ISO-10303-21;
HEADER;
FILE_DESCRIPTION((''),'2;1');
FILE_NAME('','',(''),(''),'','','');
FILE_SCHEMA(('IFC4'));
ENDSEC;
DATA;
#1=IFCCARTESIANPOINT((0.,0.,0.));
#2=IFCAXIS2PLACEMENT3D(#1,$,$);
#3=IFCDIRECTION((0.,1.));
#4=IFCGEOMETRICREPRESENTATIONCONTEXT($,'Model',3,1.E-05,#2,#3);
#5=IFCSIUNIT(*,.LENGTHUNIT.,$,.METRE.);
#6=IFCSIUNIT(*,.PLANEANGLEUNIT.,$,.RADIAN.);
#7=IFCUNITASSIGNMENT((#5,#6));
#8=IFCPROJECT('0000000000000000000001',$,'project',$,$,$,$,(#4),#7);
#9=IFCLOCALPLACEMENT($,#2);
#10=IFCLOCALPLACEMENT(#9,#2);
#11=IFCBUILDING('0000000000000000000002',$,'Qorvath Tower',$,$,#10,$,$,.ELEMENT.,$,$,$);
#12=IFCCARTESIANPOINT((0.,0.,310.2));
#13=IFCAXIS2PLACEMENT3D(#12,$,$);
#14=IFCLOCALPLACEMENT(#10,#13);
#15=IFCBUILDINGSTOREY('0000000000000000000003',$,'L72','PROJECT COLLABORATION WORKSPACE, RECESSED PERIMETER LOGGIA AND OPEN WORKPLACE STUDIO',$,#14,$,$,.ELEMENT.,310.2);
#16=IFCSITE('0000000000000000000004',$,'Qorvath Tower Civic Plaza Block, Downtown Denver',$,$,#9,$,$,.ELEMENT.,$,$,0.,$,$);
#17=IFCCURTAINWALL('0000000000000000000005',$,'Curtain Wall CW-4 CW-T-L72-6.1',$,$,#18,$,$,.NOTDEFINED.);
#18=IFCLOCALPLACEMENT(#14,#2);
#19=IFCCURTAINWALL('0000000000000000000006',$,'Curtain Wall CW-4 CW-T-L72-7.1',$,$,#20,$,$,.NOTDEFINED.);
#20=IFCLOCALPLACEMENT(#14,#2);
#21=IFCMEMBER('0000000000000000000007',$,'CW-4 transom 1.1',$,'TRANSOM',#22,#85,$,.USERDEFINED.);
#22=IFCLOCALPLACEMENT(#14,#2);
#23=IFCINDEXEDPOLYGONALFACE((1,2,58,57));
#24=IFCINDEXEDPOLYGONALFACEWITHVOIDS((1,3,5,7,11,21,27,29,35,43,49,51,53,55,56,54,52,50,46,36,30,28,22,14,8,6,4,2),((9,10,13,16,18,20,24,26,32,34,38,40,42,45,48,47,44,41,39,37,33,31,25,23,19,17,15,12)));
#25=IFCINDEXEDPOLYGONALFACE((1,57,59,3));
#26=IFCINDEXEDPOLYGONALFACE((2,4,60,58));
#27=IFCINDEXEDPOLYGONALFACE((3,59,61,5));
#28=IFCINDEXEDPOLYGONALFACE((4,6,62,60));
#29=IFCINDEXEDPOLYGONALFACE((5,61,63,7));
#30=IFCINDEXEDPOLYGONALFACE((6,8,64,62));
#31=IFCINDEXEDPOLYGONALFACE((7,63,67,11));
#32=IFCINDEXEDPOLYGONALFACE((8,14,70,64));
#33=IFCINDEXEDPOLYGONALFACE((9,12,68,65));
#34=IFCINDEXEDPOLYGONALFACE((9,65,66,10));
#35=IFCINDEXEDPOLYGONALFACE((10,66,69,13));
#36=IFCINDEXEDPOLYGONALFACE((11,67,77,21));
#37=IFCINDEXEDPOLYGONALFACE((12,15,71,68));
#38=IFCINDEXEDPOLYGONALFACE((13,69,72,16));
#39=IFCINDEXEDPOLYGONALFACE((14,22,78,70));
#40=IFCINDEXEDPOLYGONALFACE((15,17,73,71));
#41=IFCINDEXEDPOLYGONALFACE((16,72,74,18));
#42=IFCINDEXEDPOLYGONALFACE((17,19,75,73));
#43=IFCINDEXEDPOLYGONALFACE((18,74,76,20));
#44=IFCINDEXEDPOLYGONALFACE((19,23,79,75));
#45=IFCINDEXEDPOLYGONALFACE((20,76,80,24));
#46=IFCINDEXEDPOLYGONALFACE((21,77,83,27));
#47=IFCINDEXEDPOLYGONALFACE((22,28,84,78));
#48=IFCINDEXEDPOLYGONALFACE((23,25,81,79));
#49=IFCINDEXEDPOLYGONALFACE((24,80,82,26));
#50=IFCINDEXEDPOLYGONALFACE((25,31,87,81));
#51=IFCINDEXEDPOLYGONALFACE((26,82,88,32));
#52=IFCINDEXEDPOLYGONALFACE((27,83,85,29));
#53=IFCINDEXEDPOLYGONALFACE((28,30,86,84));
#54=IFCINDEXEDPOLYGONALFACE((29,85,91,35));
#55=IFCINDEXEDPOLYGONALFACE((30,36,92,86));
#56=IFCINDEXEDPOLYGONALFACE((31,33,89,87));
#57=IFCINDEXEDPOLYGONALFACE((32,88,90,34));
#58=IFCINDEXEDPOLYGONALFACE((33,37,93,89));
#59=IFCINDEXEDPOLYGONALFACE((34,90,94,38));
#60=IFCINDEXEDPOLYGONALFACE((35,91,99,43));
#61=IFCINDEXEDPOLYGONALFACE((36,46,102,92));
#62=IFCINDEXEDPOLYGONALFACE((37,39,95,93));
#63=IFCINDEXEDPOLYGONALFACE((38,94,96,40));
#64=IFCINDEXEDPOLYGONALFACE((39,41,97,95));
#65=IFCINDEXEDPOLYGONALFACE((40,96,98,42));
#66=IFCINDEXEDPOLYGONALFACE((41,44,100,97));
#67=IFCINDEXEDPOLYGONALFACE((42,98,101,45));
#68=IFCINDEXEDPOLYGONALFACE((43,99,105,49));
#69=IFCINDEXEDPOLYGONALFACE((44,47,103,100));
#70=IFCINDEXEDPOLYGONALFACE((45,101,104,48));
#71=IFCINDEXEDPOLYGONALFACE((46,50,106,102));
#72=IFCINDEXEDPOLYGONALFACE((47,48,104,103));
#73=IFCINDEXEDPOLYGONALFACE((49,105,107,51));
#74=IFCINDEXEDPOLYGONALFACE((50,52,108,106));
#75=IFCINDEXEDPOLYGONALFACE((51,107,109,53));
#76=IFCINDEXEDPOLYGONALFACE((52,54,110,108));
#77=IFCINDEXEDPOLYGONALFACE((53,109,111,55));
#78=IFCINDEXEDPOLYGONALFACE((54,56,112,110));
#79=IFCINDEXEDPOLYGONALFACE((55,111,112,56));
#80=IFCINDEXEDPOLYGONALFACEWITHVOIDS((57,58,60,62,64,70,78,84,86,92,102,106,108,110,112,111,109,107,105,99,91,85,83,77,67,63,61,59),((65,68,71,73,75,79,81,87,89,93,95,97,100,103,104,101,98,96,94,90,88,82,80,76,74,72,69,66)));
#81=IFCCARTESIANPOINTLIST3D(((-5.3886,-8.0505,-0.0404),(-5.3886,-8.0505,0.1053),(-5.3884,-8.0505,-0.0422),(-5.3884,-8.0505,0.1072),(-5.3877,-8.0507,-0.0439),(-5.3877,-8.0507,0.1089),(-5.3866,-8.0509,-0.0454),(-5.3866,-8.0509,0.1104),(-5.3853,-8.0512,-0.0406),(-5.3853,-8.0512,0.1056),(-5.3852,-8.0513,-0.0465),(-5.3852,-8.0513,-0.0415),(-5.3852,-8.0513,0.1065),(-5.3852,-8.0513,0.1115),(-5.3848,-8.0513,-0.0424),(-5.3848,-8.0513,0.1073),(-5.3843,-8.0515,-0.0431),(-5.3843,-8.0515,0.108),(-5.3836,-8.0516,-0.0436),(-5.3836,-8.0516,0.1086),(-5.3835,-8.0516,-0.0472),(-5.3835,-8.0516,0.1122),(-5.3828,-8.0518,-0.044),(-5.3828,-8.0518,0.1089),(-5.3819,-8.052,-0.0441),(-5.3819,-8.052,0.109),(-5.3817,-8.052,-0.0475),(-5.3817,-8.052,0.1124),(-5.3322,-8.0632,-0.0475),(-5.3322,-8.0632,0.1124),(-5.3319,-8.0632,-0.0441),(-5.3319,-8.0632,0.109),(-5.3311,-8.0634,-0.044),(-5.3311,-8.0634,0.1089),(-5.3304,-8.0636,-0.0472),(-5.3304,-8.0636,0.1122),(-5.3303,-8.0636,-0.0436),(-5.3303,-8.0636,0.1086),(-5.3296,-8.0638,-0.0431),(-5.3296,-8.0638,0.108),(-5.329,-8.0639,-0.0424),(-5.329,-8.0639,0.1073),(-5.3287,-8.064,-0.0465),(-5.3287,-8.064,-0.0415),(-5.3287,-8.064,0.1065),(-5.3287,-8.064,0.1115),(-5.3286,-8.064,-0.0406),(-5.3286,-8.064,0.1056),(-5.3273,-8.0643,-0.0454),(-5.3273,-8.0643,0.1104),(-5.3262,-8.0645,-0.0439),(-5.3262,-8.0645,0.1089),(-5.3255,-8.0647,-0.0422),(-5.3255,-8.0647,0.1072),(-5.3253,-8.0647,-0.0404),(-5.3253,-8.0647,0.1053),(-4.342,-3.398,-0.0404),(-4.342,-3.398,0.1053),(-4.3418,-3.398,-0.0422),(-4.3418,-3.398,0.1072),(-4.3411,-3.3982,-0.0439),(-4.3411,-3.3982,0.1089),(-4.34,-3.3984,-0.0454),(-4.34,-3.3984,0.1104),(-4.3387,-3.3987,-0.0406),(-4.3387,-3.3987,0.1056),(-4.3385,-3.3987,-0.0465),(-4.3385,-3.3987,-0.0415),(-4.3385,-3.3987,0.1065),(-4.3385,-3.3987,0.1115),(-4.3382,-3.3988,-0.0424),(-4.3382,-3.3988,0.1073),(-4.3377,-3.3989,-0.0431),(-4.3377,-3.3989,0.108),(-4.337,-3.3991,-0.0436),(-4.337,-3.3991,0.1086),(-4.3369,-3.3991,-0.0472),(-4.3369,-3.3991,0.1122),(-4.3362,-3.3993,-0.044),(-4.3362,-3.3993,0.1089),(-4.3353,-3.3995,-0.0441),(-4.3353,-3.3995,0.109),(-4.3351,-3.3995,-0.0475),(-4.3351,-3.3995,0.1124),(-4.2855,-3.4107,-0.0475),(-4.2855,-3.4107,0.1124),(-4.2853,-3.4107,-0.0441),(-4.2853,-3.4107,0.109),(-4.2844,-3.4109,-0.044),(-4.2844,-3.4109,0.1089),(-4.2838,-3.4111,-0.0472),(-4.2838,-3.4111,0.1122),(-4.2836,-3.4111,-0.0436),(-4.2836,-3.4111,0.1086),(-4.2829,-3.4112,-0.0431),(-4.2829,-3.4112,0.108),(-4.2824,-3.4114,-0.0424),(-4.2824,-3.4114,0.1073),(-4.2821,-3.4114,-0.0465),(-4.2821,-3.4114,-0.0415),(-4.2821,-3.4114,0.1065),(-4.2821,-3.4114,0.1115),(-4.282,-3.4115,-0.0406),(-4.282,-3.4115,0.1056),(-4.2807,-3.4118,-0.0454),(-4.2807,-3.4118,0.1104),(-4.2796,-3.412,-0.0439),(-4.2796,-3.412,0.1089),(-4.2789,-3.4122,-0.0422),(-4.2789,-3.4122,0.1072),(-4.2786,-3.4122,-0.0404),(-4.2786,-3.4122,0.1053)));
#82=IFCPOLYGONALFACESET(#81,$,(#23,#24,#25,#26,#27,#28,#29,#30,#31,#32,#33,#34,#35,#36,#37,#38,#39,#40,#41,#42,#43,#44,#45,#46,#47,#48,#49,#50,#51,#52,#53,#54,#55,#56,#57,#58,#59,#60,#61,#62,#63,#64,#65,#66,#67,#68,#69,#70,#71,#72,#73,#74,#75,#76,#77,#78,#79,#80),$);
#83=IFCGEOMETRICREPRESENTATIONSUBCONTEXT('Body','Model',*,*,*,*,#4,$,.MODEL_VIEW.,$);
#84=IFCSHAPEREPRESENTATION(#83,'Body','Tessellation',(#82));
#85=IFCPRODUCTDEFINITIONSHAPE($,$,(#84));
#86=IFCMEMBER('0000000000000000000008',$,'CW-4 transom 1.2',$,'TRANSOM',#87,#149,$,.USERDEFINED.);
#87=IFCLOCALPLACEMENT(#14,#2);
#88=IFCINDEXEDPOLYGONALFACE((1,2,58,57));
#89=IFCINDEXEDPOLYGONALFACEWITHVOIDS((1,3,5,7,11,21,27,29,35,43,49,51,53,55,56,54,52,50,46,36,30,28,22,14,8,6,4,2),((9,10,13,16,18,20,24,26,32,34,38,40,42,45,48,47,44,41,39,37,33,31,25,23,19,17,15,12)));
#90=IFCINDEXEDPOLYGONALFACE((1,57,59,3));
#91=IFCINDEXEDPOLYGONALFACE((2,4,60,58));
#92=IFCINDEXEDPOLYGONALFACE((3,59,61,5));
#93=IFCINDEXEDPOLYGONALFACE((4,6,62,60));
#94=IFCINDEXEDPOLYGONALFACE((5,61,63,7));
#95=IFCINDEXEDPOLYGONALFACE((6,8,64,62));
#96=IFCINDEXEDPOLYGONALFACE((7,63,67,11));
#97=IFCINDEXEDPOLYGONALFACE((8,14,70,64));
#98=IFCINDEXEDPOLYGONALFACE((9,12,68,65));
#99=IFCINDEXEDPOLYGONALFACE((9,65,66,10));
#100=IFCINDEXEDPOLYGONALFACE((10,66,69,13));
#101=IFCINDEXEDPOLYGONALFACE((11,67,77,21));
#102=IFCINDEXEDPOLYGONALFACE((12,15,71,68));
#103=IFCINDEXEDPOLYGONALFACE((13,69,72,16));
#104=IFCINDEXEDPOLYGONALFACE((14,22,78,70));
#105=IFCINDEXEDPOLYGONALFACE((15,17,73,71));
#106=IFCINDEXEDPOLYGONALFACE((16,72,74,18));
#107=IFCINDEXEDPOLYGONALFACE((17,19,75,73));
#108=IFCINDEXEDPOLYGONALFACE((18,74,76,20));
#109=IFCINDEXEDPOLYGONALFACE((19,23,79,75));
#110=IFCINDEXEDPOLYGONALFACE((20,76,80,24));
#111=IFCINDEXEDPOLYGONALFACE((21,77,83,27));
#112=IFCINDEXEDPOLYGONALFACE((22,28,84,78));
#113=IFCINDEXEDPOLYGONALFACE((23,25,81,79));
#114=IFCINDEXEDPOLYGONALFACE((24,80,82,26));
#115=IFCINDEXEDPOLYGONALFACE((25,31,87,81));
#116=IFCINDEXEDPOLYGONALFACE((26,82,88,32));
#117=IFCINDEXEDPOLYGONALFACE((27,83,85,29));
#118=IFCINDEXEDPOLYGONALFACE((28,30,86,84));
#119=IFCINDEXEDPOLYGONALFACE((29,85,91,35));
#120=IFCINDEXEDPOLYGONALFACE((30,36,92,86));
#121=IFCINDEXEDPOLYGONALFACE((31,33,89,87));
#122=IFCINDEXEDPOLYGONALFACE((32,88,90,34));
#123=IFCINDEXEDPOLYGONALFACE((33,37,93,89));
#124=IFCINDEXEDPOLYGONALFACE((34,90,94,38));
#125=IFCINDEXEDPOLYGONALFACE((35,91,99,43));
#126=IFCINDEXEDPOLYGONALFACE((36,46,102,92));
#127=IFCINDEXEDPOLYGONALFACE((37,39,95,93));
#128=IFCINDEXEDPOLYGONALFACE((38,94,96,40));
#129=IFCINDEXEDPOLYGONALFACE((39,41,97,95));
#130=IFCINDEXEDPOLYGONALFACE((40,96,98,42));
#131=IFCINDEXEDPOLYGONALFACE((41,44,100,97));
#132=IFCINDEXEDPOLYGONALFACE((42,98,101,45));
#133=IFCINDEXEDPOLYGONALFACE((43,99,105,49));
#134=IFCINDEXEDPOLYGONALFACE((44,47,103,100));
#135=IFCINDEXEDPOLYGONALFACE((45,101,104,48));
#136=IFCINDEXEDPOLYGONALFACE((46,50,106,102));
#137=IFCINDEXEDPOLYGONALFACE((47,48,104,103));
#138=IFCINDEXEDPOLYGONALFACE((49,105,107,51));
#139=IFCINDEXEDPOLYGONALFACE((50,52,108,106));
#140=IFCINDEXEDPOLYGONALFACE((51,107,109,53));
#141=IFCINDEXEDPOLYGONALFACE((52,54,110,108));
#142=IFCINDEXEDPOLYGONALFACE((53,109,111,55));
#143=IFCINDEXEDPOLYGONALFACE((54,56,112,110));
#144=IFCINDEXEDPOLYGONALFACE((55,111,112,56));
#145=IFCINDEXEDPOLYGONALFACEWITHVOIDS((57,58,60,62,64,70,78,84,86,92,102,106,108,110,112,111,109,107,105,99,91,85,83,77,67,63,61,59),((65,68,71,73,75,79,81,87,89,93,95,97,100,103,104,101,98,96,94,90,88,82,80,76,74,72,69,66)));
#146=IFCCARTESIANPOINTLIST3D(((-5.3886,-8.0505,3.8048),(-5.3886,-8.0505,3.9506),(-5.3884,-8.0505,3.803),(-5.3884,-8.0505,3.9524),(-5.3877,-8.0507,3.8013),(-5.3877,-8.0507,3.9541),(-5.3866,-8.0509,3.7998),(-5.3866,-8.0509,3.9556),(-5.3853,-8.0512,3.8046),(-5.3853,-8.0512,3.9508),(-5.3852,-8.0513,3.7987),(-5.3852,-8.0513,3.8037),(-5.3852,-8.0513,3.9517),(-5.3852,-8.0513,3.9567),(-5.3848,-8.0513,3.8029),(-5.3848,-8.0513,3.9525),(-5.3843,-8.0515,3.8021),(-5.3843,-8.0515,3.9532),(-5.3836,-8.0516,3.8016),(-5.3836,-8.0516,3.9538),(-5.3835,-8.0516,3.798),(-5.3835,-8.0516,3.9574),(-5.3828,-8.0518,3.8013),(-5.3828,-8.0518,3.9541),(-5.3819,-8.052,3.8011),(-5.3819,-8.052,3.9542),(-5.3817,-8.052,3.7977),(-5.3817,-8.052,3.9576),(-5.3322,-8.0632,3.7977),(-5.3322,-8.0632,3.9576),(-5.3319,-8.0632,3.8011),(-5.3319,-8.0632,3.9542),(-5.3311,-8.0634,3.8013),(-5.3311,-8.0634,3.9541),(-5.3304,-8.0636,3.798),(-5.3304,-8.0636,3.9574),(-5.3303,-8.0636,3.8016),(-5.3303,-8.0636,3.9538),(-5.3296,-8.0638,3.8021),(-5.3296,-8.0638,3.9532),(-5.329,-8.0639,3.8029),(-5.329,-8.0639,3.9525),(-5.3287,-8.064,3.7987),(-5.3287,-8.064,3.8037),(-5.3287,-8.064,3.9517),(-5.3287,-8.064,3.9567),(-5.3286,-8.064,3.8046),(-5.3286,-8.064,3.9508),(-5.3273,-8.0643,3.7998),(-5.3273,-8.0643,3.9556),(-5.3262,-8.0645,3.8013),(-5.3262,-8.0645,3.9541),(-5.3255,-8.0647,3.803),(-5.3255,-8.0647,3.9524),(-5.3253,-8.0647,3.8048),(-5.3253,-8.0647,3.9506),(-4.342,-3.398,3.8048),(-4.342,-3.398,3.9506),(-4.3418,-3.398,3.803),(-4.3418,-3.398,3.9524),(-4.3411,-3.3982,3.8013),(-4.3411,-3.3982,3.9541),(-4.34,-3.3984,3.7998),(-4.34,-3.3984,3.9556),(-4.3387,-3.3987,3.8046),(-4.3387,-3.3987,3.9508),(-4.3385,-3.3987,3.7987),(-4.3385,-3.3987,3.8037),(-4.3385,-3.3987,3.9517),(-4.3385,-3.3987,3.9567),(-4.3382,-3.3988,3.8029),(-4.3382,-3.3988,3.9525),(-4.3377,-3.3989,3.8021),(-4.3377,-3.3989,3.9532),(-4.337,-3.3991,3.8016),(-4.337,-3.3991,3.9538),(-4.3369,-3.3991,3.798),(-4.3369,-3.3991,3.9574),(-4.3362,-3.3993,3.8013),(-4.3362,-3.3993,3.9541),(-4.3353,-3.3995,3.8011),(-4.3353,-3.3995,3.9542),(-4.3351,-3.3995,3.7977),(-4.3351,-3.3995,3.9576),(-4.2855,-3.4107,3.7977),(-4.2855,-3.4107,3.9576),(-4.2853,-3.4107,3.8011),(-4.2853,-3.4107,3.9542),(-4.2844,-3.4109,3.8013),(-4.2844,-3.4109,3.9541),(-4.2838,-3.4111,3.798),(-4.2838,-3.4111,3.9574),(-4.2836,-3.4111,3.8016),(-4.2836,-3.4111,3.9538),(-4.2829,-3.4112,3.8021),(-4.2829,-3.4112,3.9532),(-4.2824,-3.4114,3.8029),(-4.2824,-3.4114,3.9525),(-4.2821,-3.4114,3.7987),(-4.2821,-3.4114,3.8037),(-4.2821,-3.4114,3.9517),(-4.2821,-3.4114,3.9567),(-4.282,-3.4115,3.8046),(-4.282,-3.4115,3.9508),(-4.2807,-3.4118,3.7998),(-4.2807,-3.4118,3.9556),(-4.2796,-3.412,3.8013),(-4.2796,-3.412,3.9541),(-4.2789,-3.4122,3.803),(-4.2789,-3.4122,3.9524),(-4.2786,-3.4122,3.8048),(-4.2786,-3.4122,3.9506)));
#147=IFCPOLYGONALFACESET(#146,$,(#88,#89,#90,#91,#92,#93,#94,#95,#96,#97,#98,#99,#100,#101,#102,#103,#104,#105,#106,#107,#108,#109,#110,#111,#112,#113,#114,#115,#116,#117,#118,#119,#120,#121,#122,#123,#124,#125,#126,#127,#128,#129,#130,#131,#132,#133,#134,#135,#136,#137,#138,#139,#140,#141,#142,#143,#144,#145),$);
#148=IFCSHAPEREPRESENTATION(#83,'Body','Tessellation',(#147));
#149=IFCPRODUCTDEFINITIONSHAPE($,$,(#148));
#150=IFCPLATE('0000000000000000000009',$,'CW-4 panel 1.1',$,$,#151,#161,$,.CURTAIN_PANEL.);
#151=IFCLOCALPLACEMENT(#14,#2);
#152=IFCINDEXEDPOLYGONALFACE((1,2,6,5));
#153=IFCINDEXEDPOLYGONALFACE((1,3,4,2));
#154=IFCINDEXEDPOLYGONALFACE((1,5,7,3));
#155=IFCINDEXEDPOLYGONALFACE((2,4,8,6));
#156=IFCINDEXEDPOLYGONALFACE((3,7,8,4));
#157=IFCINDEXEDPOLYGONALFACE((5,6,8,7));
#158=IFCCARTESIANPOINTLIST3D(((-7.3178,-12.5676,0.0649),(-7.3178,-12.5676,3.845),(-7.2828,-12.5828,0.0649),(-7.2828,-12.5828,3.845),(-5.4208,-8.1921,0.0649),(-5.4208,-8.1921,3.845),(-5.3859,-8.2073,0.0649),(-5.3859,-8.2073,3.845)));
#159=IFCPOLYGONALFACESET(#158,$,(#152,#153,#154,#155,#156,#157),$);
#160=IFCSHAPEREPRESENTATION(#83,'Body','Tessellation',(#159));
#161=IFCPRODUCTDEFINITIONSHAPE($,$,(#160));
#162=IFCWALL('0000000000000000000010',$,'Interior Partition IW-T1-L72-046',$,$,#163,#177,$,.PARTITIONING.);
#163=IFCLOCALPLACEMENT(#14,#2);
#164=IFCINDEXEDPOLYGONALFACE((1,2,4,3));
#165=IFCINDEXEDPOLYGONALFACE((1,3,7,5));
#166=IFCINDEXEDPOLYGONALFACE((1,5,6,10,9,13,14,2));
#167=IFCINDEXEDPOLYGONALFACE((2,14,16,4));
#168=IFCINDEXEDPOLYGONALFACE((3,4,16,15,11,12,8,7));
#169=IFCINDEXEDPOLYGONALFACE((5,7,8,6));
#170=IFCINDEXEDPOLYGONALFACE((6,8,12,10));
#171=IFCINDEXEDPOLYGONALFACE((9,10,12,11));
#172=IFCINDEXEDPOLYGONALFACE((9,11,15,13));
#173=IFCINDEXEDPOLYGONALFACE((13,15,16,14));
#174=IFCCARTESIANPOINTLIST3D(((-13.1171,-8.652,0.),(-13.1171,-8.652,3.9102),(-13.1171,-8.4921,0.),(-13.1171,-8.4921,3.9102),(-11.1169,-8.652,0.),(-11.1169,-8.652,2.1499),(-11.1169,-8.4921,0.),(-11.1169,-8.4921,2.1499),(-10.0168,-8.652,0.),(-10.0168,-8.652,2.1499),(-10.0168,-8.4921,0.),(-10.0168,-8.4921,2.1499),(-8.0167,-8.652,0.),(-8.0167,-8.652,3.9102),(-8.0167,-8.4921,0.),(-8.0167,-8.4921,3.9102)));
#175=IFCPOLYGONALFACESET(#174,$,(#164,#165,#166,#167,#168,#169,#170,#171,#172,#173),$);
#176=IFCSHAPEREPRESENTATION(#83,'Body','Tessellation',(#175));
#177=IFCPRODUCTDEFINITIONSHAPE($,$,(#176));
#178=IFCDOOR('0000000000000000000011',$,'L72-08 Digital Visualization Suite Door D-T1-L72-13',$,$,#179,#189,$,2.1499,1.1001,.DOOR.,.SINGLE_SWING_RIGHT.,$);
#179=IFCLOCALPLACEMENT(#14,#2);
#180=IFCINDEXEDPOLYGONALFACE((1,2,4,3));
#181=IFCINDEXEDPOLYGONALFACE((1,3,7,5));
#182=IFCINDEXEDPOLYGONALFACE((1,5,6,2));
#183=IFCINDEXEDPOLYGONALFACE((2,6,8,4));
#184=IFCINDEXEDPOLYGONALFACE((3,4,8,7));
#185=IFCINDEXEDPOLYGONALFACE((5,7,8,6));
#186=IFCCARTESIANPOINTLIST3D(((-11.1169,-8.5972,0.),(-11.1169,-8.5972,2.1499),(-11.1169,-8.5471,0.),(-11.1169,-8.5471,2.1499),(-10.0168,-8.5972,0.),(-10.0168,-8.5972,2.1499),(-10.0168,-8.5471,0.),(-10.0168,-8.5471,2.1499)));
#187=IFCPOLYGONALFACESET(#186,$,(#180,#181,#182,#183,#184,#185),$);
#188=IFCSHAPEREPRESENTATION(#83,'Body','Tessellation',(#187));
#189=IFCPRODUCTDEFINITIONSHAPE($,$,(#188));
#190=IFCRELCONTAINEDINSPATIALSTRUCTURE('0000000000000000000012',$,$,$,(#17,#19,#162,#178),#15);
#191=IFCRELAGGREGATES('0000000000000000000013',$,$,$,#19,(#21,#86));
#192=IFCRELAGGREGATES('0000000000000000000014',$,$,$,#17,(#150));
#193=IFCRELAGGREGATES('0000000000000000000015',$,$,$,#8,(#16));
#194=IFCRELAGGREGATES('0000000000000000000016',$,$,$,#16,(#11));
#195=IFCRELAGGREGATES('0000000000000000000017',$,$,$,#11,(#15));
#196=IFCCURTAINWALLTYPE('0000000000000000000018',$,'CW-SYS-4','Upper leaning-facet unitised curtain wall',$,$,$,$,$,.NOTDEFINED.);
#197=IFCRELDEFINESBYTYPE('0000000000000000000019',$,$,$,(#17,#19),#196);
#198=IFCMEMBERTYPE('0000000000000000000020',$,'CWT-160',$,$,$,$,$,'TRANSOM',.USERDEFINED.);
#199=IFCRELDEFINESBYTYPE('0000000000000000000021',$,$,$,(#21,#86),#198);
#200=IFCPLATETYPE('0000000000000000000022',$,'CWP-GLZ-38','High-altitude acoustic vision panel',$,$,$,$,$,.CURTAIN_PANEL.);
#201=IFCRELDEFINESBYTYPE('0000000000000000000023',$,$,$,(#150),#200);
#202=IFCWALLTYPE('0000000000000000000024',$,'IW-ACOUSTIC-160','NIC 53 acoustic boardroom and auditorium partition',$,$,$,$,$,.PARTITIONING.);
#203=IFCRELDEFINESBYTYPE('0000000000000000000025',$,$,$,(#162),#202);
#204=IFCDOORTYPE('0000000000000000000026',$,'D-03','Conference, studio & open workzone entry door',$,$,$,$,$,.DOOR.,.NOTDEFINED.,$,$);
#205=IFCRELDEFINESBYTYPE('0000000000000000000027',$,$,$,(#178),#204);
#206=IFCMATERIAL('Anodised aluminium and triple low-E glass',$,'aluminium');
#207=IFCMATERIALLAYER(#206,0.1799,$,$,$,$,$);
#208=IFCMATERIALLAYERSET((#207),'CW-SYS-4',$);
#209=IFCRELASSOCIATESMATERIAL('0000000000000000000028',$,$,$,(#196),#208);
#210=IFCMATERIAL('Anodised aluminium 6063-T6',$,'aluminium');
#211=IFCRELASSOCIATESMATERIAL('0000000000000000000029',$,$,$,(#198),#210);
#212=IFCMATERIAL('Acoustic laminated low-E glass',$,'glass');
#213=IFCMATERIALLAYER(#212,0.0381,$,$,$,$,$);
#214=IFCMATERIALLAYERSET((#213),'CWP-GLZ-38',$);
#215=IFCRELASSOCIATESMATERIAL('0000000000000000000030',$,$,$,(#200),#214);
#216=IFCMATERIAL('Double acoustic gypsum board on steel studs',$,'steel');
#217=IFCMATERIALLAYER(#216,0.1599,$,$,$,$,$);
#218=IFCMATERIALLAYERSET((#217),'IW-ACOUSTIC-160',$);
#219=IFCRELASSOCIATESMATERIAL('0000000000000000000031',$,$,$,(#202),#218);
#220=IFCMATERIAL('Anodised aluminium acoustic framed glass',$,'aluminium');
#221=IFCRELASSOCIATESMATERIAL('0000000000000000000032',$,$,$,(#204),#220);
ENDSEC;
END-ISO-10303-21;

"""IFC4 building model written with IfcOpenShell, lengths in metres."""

from ifc_helpers import new_model, si_unit, direction, frame, frame_2d, origin, origin_2d, place, context, subcontext, project, spatial, rectangle, hollow_rectangle, extrude, material, layer, layer_set, material_profile, profile_set, type_object, element, fill, aggregate, save


model = new_model("IFC4")

# Units and contexts
model_context = context("Model", 3, precision=1e-05, world=origin(), true_north=direction((0.0, 1.0)))
body_context = subcontext(model_context, "Body", "Model", "MODEL_VIEW")
ifc_project = project(units=[si_unit("LENGTHUNIT", "METRE"), si_unit("PLANEANGLEUNIT", "RADIAN")], contexts=[model_context])

# Site, building, storey
site_placement = place(None, origin())
site = spatial("IfcSite", under=ifc_project, at=site_placement, Name="Qorvath Tower Civic Plaza Block, Downtown Denver", CompositionType="ELEMENT", RefElevation=0.0)
building_placement = place(site_placement, origin())
building = spatial("IfcBuilding", under=site, at=building_placement, Name="Qorvath Tower", CompositionType="ELEMENT")
storey_placement = place(building_placement, frame((0.0, 0.0, 310.2)))
storey = spatial("IfcBuildingStorey", under=building, at=storey_placement, Name="L72", Description="PROJECT COLLABORATION WORKSPACE, RECESSED PERIMETER LOGGIA AND OPEN WORKPLACE STUDIO", CompositionType="ELEMENT", Elevation=310.2)

# Shared definitions
ifc_material_1 = material(Name="Anodised aluminium and triple low-E glass", Category="aluminium")
ifc_layer_1 = layer(ifc_material_1, 0.1799)
ifc_layer_set_1 = layer_set([ifc_layer_1], Name="CW-SYS-4")
curtain_wall_type = type_object("IfcCurtainWallType", Name="CW-SYS-4", Description="Upper leaning-facet unitised curtain wall", PredefinedType="NOTDEFINED", material=ifc_layer_set_1)

# Curtain wall
curtain_wall_1_placement = place(storey_placement, origin())
curtain_wall_1 = element("IfcCurtainWall", 1, at=curtain_wall_1_placement, inside=storey, type_object=curtain_wall_type, Name="Curtain Wall CW-4 CW-T-L72-6.1", PredefinedType="NOTDEFINED")

# Curtain wall
curtain_wall_2_placement = place(storey_placement, origin())
curtain_wall_2 = element("IfcCurtainWall", 2, at=curtain_wall_2_placement, inside=storey, type_object=curtain_wall_type, Name="Curtain Wall CW-4 CW-T-L72-7.1", PredefinedType="NOTDEFINED")

# Members
ifc_material_2 = material(Name="Anodised aluminium 6063-T6", Category="aluminium")
ifc_material_profile_1 = material_profile(ifc_material_2, hollow_rectangle(XDim=0.0649, YDim=0.1599, WallThickness=0.0034, InnerFilletRadius=0.0034, OuterFilletRadius=0.0071, at=origin_2d()), Name="CWT 160x65")
ifc_profile_set_1 = profile_set([ifc_material_profile_1], Name="Anodised aluminium 6063-T6")
member_type_1 = type_object("IfcMemberType", Name="CWT-160", ElementType="TRANSOM", PredefinedType="USERDEFINED", material=ifc_profile_set_1)
member_1_placement = place(storey_placement, frame((-5.3569, -8.0576, 0.0325), z_axis=(0.219472, 0.975619, 0.0), x_axis=(-0.975619, 0.219472, 0.0)))
member_1 = element("IfcMember", 3, at=member_1_placement, type_object=member_type_1, Name="CW-4 transom 1.1", ObjectType="TRANSOM", PredefinedType="USERDEFINED", context=body_context, shape_type="SweptSolid", body=[
    extrude(hollow_rectangle(XDim=0.0649, YDim=0.1599, WallThickness=0.0034, InnerFilletRadius=0.0034, OuterFilletRadius=0.0071, at=origin_2d()), origin(), (0.0, 0.0, 1.0), 4.7688),
])
member_2_placement = place(storey_placement, frame((-5.3569, -8.0576, 3.8777), z_axis=(0.219472, 0.975619, 0.0), x_axis=(-0.975619, 0.219472, 0.0)))
member_2 = element("IfcMember", 4, at=member_2_placement, type_object=member_type_1, Name="CW-4 transom 1.2", ObjectType="TRANSOM", PredefinedType="USERDEFINED", context=body_context, shape_type="SweptSolid", body=[
    extrude(hollow_rectangle(XDim=0.0649, YDim=0.1599, WallThickness=0.0034, InnerFilletRadius=0.0034, OuterFilletRadius=0.0071, at=origin_2d()), origin(), (0.0, 0.0, 1.0), 4.7688),
])
aggregate(curtain_wall_2, [member_1, member_2])

# Plate
ifc_material_3 = material(Name="Acoustic laminated low-E glass", Category="glass")
ifc_layer_2 = layer(ifc_material_3, 0.0381)
ifc_layer_set_2 = layer_set([ifc_layer_2], Name="CWP-GLZ-38")
plate_type = type_object("IfcPlateType", Name="CWP-GLZ-38", Description="High-altitude acoustic vision panel", PredefinedType="CURTAIN_PANEL", material=ifc_layer_set_2)
plate_placement = place(storey_placement, frame((-6.3518, -10.3875, 0.0649), z_axis=(0.0, 0.0, 1.0), x_axis=(0.397765, 0.917487, 0.0)))
plate = element("IfcPlate", 5, at=plate_placement, type_object=plate_type, Name="CW-4 panel 1.1", PredefinedType="CURTAIN_PANEL", context=body_context, shape_type="SweptSolid", body=[
    extrude(rectangle(XDim=4.769, YDim=0.0381, at=origin_2d()), origin(), (0.0, 0.0, 1.0), 3.78),
])
aggregate(curtain_wall_1, [plate])

# Wall, opening, door
ifc_material_4 = material(Name="Double acoustic gypsum board on steel studs", Category="steel")
ifc_layer_3 = layer(ifc_material_4, 0.1599)
ifc_layer_set_3 = layer_set([ifc_layer_3], Name="IW-ACOUSTIC-160")
wall_type_1 = type_object("IfcWallType", Name="IW-ACOUSTIC-160", Description="NIC 53 acoustic boardroom and auditorium partition", PredefinedType="PARTITIONING", material=ifc_layer_set_3)
wall_1_placement = place(storey_placement, frame((-13.1172, -8.572, 0.0), z_axis=(0.0, 0.0, 1.0), x_axis=(1.0, 0.0, 0.0)))
wall_1 = element("IfcWall", 6, at=wall_1_placement, inside=storey, type_object=wall_type_1, Name="Interior Partition IW-T1-L72-046", PredefinedType="PARTITIONING", context=body_context, shape_type="SweptSolid", body=[
    extrude(rectangle(XDim=5.1003, YDim=0.1599, at=frame_2d((2.5503, 0.0))), origin(), (0.0, 0.0, 1.0), 3.9102),
])
opening_1_placement = place(wall_1_placement, frame((2.0002, 0.0, 0.0)))
opening_1 = element("IfcOpeningElement", 7, at=opening_1_placement, cuts=wall_1, PredefinedType="OPENING", context=body_context, shape_type="SweptSolid", body=[
    extrude(rectangle(XDim=1.1001, YDim=2.1499, at=frame_2d((0.55, 1.075))), frame((0.0, 0.0898, 0.0), z_axis=(0.0, -1.0, 0.0), x_axis=(1.0, 0.0, 0.0)), (0.0, 0.0, 1.0), 0.1799),
])
ifc_material_5 = material(Name="Anodised aluminium acoustic framed glass", Category="aluminium")
door_type_1 = type_object("IfcDoorType", Name="D-03", Description="Conference, studio & open workzone entry door", OperationType="NOTDEFINED", PredefinedType="DOOR", material=ifc_material_5)
door_1_placement = place(opening_1_placement, origin())
door_1 = element("IfcDoor", 8, at=door_1_placement, inside=storey, type_object=door_type_1, Name="L72-08 Digital Visualization Suite Door D-T1-L72-13", OperationType="SINGLE_SWING_RIGHT", OverallHeight=2.1499, OverallWidth=1.1001, PredefinedType="DOOR", context=body_context, shape_type="SweptSolid", body=[
    extrude(rectangle(XDim=1.1001, YDim=2.1499, at=frame_2d((0.55, 1.075))), frame((0.0, 0.0249, 0.0), z_axis=(0.0, -1.0, 0.0), x_axis=(1.0, 0.0, 0.0)), (0.0, 0.0, 1.0), 0.05),
])
fill(opening_1, door_1)

save(model, "model.ifc")
